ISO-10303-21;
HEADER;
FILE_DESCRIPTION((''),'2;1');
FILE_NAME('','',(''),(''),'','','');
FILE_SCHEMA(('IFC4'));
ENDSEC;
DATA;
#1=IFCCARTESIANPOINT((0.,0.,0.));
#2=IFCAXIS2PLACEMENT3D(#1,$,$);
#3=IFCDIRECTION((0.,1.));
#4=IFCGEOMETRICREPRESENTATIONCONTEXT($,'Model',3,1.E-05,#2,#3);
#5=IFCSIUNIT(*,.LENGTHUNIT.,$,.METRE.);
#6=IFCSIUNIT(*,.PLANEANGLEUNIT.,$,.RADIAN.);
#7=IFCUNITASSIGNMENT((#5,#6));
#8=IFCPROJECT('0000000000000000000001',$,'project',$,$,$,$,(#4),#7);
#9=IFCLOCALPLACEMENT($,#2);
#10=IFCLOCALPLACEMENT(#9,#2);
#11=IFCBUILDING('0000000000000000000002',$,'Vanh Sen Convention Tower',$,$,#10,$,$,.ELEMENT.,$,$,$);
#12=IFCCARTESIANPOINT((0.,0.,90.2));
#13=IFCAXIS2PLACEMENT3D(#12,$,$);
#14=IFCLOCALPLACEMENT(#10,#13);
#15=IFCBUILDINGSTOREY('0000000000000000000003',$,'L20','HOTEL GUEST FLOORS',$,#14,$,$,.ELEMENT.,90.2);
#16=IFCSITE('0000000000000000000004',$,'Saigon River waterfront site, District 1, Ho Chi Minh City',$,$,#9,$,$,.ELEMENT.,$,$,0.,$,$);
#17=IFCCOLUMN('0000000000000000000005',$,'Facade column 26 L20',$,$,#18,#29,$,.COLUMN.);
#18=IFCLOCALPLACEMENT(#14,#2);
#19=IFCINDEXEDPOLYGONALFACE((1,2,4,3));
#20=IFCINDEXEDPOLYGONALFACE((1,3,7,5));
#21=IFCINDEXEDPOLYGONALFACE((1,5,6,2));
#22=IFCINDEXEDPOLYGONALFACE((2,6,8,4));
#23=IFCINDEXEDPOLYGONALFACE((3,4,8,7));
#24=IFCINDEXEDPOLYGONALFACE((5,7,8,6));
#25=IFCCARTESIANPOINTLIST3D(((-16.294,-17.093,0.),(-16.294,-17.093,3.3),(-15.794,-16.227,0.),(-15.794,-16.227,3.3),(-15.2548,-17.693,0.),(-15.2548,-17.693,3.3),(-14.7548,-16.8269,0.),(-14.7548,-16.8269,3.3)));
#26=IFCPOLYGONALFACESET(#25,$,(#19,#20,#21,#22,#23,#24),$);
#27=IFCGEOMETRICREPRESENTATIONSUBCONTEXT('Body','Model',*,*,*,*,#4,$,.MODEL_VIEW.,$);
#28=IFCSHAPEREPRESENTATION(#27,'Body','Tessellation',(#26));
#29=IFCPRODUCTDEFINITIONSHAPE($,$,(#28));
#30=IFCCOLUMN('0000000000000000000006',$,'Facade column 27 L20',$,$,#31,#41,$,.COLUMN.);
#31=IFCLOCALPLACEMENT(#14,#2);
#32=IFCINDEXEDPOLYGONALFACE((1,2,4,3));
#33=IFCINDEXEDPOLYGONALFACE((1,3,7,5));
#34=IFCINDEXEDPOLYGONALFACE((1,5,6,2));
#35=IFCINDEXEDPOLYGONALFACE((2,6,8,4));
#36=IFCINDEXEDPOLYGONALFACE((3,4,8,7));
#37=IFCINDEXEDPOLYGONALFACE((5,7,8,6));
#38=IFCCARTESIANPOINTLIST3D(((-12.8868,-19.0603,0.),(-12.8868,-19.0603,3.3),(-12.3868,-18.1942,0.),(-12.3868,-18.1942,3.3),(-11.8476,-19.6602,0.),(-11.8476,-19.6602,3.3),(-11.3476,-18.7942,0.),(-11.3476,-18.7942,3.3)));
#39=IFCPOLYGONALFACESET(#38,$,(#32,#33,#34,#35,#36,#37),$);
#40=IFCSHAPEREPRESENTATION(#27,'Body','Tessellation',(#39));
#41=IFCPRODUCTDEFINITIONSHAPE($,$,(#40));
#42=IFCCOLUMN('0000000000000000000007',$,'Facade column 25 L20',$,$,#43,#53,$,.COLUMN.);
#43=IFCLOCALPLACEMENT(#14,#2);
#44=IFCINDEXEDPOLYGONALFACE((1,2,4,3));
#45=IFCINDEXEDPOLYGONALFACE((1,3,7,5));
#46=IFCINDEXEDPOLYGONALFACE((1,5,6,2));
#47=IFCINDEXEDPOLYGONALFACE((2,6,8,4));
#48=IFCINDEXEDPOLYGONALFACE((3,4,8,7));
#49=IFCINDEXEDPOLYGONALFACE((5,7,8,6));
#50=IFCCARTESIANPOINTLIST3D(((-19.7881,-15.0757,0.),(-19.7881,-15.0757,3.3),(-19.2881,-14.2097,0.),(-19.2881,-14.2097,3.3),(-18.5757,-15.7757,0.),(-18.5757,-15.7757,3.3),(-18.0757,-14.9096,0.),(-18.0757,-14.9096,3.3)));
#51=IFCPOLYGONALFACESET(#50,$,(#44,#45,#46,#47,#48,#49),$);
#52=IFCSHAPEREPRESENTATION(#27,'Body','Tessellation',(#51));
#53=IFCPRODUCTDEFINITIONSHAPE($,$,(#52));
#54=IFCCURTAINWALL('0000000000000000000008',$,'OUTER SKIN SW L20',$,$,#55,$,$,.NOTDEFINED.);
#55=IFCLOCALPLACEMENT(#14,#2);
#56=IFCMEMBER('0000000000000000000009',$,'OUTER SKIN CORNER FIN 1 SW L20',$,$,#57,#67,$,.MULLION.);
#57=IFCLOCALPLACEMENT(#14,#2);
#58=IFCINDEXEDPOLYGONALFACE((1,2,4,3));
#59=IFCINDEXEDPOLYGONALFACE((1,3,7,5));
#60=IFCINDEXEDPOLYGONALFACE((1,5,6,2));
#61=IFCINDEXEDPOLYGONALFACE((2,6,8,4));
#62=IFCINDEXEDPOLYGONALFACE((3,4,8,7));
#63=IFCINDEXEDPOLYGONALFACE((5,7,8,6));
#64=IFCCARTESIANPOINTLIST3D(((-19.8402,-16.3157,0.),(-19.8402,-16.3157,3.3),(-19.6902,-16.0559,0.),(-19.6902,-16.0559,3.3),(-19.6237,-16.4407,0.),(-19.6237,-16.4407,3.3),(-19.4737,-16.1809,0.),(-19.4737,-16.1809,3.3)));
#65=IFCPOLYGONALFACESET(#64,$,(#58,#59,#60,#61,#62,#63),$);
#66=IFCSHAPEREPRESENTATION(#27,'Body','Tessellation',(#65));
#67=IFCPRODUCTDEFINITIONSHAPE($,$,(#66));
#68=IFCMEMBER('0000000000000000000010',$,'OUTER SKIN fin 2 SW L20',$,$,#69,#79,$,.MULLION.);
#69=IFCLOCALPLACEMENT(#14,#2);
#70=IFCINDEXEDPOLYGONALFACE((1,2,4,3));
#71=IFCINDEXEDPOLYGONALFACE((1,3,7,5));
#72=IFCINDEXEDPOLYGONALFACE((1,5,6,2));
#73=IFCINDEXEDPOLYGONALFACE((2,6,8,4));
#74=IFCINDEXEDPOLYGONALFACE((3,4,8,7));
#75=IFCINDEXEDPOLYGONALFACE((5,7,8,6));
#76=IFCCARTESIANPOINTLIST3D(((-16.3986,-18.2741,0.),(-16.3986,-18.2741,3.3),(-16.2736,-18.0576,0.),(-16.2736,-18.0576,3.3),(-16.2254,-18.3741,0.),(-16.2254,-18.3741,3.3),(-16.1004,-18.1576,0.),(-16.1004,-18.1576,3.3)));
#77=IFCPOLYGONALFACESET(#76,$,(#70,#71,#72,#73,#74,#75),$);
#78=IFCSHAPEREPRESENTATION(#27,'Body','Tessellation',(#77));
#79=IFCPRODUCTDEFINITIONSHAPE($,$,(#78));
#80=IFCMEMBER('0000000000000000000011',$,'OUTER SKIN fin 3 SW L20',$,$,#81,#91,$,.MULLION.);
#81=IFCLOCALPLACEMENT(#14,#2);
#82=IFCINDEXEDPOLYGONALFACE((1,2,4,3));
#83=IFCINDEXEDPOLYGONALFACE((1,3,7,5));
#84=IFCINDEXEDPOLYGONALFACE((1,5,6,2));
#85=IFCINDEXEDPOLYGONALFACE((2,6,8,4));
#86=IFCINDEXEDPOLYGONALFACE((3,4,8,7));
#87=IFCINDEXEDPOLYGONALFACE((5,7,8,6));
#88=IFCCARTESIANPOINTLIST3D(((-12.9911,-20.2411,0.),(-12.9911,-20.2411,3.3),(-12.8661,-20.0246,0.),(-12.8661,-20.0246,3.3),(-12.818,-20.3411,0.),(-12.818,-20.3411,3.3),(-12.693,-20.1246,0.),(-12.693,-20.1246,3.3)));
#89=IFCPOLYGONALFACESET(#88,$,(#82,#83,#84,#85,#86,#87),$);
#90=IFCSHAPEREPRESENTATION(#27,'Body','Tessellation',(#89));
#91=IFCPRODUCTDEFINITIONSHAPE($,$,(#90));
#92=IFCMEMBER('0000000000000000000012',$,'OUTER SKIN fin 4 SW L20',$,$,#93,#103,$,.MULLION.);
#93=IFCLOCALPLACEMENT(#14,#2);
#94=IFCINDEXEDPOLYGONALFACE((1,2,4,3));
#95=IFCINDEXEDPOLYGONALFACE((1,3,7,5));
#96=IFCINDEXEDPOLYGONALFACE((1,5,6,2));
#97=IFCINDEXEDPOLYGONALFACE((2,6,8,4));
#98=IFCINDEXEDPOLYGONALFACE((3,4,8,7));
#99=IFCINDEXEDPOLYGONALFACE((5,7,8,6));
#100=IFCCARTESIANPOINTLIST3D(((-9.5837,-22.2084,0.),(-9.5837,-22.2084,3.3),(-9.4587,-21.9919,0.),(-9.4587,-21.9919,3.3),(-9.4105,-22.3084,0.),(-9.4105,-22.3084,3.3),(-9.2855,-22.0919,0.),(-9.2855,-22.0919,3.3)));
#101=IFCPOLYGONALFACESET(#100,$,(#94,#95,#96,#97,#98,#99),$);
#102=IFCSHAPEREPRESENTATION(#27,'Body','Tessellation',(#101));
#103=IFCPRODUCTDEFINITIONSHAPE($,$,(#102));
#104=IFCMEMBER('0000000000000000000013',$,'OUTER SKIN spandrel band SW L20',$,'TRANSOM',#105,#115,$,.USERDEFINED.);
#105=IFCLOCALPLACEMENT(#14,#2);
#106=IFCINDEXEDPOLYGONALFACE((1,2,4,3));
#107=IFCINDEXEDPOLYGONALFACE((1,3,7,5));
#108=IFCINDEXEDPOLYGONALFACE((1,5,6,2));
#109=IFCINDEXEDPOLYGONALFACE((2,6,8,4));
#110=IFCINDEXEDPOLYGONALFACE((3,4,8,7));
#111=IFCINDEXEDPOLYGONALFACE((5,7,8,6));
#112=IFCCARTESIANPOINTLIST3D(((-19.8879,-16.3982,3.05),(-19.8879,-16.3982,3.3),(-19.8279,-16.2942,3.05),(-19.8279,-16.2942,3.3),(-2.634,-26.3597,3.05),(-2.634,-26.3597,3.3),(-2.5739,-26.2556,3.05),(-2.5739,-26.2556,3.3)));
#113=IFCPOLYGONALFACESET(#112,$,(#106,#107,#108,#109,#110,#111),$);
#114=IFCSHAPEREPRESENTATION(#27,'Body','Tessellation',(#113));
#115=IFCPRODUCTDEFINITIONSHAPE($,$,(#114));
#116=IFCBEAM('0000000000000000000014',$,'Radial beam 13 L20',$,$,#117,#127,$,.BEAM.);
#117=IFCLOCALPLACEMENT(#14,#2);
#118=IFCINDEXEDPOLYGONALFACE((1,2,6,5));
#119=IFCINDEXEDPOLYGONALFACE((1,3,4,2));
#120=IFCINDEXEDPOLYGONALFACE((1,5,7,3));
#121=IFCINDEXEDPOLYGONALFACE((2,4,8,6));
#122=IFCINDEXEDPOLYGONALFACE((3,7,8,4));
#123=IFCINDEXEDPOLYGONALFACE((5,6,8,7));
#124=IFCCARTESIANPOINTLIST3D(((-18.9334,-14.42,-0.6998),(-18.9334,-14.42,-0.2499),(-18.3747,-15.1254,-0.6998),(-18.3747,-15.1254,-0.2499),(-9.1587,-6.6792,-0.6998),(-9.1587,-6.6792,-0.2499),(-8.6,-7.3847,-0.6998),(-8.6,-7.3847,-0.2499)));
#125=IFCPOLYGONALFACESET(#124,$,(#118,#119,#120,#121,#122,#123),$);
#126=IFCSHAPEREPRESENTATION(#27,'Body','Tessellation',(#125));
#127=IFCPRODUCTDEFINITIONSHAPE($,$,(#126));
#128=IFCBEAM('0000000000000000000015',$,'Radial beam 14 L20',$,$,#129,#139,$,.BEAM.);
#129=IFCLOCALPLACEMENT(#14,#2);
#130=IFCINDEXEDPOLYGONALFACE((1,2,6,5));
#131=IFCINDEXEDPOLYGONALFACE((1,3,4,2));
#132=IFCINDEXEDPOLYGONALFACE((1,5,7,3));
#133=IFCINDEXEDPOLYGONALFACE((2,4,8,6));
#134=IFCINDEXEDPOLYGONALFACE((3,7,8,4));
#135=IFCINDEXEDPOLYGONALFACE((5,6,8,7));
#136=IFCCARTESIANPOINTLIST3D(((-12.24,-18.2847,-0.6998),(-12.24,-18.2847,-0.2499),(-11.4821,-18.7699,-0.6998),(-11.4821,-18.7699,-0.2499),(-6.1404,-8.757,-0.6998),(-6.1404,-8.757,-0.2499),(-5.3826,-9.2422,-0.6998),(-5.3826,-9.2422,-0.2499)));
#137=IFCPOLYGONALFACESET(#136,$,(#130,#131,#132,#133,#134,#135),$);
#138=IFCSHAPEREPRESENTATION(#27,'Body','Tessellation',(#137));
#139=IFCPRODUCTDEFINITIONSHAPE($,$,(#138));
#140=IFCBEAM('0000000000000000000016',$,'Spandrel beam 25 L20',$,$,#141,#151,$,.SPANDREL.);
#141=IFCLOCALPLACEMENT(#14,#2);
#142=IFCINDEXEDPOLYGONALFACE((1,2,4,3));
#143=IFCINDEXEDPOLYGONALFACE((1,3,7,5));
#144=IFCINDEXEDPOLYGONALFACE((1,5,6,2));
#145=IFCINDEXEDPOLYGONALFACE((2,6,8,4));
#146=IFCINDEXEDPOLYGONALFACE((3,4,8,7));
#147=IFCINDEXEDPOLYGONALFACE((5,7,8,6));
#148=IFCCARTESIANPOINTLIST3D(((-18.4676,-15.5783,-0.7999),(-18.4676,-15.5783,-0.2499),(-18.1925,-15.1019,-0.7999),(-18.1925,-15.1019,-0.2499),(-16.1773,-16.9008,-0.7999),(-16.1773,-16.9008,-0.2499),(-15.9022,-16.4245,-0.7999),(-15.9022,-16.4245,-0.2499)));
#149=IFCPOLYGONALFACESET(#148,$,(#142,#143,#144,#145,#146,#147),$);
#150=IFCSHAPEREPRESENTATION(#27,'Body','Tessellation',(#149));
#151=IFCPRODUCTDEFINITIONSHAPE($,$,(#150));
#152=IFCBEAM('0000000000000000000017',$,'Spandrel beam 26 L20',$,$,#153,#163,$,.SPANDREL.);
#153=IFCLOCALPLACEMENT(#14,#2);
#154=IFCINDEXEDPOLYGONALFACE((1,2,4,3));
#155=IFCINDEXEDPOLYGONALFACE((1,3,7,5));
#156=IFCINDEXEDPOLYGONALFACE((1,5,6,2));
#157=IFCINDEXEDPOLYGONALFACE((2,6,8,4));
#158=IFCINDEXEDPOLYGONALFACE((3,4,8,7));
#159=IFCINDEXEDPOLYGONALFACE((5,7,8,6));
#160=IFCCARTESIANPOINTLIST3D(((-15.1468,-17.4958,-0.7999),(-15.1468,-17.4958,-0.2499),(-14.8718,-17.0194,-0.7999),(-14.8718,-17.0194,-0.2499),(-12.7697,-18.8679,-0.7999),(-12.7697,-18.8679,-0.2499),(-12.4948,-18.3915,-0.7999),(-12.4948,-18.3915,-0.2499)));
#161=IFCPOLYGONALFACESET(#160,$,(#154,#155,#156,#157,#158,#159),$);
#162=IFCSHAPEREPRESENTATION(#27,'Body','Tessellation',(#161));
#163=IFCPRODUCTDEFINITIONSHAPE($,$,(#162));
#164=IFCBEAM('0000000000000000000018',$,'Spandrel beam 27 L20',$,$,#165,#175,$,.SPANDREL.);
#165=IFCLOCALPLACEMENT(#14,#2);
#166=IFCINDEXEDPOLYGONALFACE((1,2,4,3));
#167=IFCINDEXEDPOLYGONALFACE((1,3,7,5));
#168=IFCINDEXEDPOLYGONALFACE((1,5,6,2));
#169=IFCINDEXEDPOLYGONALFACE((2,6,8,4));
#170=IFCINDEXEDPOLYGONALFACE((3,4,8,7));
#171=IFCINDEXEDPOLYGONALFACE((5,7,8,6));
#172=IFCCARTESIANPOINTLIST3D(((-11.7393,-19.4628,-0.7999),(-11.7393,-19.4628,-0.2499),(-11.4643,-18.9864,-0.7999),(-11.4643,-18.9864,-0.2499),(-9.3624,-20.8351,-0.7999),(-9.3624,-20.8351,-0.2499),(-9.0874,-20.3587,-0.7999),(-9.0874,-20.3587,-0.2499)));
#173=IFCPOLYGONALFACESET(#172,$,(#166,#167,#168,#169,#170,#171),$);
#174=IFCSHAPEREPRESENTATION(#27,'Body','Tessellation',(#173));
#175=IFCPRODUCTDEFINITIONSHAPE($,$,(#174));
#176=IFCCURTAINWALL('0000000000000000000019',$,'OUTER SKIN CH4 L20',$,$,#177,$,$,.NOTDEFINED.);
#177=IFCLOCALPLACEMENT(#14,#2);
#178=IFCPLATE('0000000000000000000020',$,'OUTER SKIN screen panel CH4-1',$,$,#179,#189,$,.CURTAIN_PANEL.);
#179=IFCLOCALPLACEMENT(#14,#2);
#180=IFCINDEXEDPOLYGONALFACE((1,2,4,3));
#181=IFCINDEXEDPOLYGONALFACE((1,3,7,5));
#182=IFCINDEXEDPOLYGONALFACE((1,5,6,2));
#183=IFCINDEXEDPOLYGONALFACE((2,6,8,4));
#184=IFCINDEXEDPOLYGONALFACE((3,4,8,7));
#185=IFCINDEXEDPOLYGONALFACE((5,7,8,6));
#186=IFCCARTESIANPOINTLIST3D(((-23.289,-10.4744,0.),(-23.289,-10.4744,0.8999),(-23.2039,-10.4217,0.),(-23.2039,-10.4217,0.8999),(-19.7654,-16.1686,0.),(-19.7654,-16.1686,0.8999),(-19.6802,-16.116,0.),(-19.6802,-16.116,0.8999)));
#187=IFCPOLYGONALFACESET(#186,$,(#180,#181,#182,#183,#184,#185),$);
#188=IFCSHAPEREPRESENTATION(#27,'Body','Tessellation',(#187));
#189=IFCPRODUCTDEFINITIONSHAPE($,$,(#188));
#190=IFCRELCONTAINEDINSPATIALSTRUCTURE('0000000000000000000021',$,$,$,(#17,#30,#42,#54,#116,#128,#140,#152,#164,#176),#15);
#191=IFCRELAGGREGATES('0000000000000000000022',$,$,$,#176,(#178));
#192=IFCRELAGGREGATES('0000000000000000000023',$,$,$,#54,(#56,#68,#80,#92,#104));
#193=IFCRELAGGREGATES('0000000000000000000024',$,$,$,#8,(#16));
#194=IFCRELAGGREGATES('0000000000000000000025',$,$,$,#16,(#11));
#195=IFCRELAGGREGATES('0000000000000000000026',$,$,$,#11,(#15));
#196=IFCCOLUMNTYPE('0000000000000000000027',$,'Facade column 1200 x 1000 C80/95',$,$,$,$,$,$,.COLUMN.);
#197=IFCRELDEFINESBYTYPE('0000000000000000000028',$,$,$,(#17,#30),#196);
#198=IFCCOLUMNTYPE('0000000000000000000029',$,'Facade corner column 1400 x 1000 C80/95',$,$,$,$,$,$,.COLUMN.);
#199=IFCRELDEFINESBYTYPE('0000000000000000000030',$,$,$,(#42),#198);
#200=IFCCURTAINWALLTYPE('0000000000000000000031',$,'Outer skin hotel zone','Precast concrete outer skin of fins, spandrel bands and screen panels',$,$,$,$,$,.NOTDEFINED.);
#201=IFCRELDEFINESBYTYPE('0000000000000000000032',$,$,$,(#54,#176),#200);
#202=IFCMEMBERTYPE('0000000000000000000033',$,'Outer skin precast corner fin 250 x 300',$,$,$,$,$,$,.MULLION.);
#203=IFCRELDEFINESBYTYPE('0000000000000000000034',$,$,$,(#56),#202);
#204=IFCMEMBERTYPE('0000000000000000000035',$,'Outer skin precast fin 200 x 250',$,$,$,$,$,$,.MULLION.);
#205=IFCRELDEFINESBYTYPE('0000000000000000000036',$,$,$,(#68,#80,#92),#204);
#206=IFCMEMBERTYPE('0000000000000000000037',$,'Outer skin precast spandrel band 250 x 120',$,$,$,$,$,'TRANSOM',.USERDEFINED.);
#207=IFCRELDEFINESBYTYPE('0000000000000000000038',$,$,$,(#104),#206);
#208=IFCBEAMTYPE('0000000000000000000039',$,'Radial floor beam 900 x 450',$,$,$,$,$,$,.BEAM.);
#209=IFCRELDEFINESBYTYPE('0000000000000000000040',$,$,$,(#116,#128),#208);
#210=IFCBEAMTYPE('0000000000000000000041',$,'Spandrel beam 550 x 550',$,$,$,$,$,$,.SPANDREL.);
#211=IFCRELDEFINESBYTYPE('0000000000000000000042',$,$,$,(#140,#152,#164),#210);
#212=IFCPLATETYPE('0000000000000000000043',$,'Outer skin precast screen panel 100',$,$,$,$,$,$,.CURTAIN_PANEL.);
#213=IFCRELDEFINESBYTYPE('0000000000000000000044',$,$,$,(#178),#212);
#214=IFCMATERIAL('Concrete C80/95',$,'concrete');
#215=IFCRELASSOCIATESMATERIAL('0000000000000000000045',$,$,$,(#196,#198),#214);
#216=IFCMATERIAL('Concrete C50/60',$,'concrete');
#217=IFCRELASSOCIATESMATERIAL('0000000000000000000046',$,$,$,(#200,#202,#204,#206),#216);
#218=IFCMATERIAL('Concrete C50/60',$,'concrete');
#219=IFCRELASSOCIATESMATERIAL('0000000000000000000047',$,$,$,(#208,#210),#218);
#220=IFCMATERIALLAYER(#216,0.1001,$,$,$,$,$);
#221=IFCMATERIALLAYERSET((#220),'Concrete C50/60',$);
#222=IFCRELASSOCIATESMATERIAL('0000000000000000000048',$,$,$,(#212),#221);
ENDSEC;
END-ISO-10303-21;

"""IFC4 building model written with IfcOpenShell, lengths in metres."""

from ifc_helpers import new_model, si_unit, direction, frame, origin, origin_2d, place, context, subcontext, project, spatial, rectangle, extrude, material, layer, layer_set, material_profile, profile_set, type_object, element, aggregate, save


model = new_model("IFC4")

# Units and contexts
model_context = context("Model", 3, precision=1e-05, world=origin(), true_north=direction((0.0, 1.0)))
body_context = subcontext(model_context, "Body", "Model", "MODEL_VIEW")
ifc_project = project(units=[si_unit("LENGTHUNIT", "METRE"), si_unit("PLANEANGLEUNIT", "RADIAN")], contexts=[model_context])

# Site, building, storey
site_placement = place(None, origin())
site = spatial("IfcSite", under=ifc_project, at=site_placement, Name="Saigon River waterfront site, District 1, Ho Chi Minh City", CompositionType="ELEMENT", RefElevation=0.0)
building_placement = place(site_placement, origin())
building = spatial("IfcBuilding", under=site, at=building_placement, Name="Vanh Sen Convention Tower", CompositionType="ELEMENT")
storey_placement = place(building_placement, frame((0.0, 0.0, 90.2)))
storey = spatial("IfcBuildingStorey", under=building, at=storey_placement, Name="L20", Description="HOTEL GUEST FLOORS", CompositionType="ELEMENT", Elevation=90.2)

# Columns
ifc_material_1 = material(Name="Concrete C80/95", Category="concrete")
ifc_material_profile_1 = material_profile(ifc_material_1, rectangle(XDim=1.2, YDim=1.0, at=origin_2d()), Name="RC 1200X1000")
ifc_profile_set_1 = profile_set([ifc_material_profile_1], Name="Concrete C80/95")
column_type_1 = type_object("IfcColumnType", Name="Facade column 1200 x 1000 C80/95", PredefinedType="COLUMN", material=ifc_profile_set_1)
for number, where, z_axis, x_axis, name in (
    (1, (-15.5244, -16.96, 0.0), (0.0, 0.0, 1.0), (0.866025, -0.5, 0.0), "Facade column 26 L20"),
    (2, (-12.1172, -18.9272, 0.0), (0.0, 0.0, 1.0), (0.866025, -0.5, 0.0), "Facade column 27 L20"),
):
    element("IfcColumn", number, at=place(storey_placement, frame(where, z_axis=z_axis, x_axis=x_axis)), inside=storey, type_object=column_type_1, Name=name, PredefinedType="COLUMN", context=body_context, shape_type="SweptSolid", body=[
        extrude(rectangle(XDim=1.2, YDim=1.0, at=origin_2d()), origin(), (0.0, 0.0, 1.0), 3.3),
    ])
ifc_material_profile_2 = material_profile(ifc_material_1, rectangle(XDim=1.3999, YDim=1.0, at=origin_2d()), Name="RC 1400X1000")
ifc_profile_set_2 = profile_set([ifc_material_profile_2], Name="Concrete C80/95")
column_type_2 = type_object("IfcColumnType", Name="Facade corner column 1400 x 1000 C80/95", PredefinedType="COLUMN", material=ifc_profile_set_2)
column_placement = place(storey_placement, frame((-18.9319, -14.9927, 0.0), z_axis=(0.0, 0.0, 1.0), x_axis=(0.866025, -0.5, 0.0)))
element("IfcColumn", 3, at=column_placement, inside=storey, type_object=column_type_2, Name="Facade column 25 L20", PredefinedType="COLUMN", context=body_context, shape_type="SweptSolid", body=[
    extrude(rectangle(XDim=1.3999, YDim=1.0, at=origin_2d()), origin(), (0.0, 0.0, 1.0), 3.3),
])

# Curtain wall, members
ifc_material_2 = material(Name="Concrete C50/60", Category="concrete")
curtain_wall_type = type_object("IfcCurtainWallType", Name="Outer skin hotel zone", Description="Precast concrete outer skin of fins, spandrel bands and screen panels", PredefinedType="NOTDEFINED", material=ifc_material_2)
curtain_wall_1_placement = place(storey_placement, origin())
curtain_wall_1 = element("IfcCurtainWall", 4, at=curtain_wall_1_placement, inside=storey, type_object=curtain_wall_type, Name="OUTER SKIN SW L20", PredefinedType="NOTDEFINED")
ifc_material_profile_3 = material_profile(ifc_material_2, rectangle(XDim=0.25, YDim=0.3, at=origin_2d()), Name="Outer skin precast corner fin 250 x 300")
ifc_profile_set_3 = profile_set([ifc_material_profile_3], Name="Concrete C50/60")
member_type_1 = type_object("IfcMemberType", Name="Outer skin precast corner fin 250 x 300", PredefinedType="MULLION", material=ifc_profile_set_3)
member_1_placement = place(storey_placement, frame((-19.657, -16.2483, 0.0), z_axis=(0.0, 0.0, 1.0), x_axis=(0.866025, -0.5, 0.0)))
member_1 = element("IfcMember", 5, at=member_1_placement, type_object=member_type_1, Name="OUTER SKIN CORNER FIN 1 SW L20", PredefinedType="MULLION", context=body_context, shape_type="SweptSolid", body=[
    extrude(rectangle(XDim=0.25, YDim=0.3, at=origin_2d()), origin(), (0.0, 0.0, 1.0), 3.3),
])
ifc_material_profile_4 = material_profile(ifc_material_2, rectangle(XDim=0.2, YDim=0.25, at=origin_2d()), Name="Outer skin precast fin 200 x 250")
ifc_profile_set_4 = profile_set([ifc_material_profile_4], Name="Concrete C50/60")
member_type_2 = type_object("IfcMemberType", Name="Outer skin precast fin 200 x 250", PredefinedType="MULLION", material=ifc_profile_set_4)
member_2_placement = place(storey_placement, frame((-16.2495, -18.2158, 0.0), z_axis=(0.0, 0.0, 1.0), x_axis=(0.866025, -0.5, 0.0)))
member_2 = element("IfcMember", 6, at=member_2_placement, type_object=member_type_2, Name="OUTER SKIN fin 2 SW L20", PredefinedType="MULLION", context=body_context, shape_type="SweptSolid", body=[
    extrude(rectangle(XDim=0.2, YDim=0.25, at=origin_2d()), origin(), (0.0, 0.0, 1.0), 3.3),
])
member_3_placement = place(storey_placement, frame((-12.842, -20.1829, 0.0), z_axis=(0.0, 0.0, 1.0), x_axis=(0.866025, -0.5, 0.0)))
member_3 = element("IfcMember", 7, at=member_3_placement, type_object=member_type_2, Name="OUTER SKIN fin 3 SW L20", PredefinedType="MULLION", context=body_context, shape_type="SweptSolid", body=[
    extrude(rectangle(XDim=0.2, YDim=0.25, at=origin_2d()), origin(), (0.0, 0.0, 1.0), 3.3),
])
member_4_placement = place(storey_placement, frame((-9.4346, -22.1501, 0.0), z_axis=(0.0, 0.0, 1.0), x_axis=(0.866025, -0.5, 0.0)))
member_4 = element("IfcMember", 8, at=member_4_placement, type_object=member_type_2, Name="OUTER SKIN fin 4 SW L20", PredefinedType="MULLION", context=body_context, shape_type="SweptSolid", body=[
    extrude(rectangle(XDim=0.2, YDim=0.25, at=origin_2d()), origin(), (0.0, 0.0, 1.0), 3.3),
])
ifc_material_profile_5 = material_profile(ifc_material_2, rectangle(XDim=0.1201, YDim=0.25, at=origin_2d()), Name="Outer skin precast spandrel band 250 x 120")
ifc_profile_set_5 = profile_set([ifc_material_profile_5], Name="Concrete C50/60")
member_type_3 = type_object("IfcMemberType", Name="Outer skin precast spandrel band 250 x 120", ElementType="TRANSOM", PredefinedType="USERDEFINED", material=ifc_profile_set_5)
member_5_placement = place(storey_placement, frame((-19.8579, -16.3462, 3.175), z_axis=(0.866028, -0.499995, 0.0), x_axis=(0.499995, 0.866028, 0.0)))
member_5 = element("IfcMember", 9, at=member_5_placement, type_object=member_type_3, Name="OUTER SKIN spandrel band SW L20", ObjectType="TRANSOM", PredefinedType="USERDEFINED", context=body_context, shape_type="SweptSolid", body=[
    extrude(rectangle(XDim=0.1201, YDim=0.25, at=origin_2d()), origin(), (0.0, 0.0, 1.0), 19.9231),
])

# Beams
ifc_material_3 = material(Name="Concrete C50/60", Category="concrete")
ifc_material_profile_6 = material_profile(ifc_material_3, rectangle(XDim=0.8999, YDim=0.45, at=origin_2d()), Name="RC 900X450")
ifc_profile_set_6 = profile_set([ifc_material_profile_6], Name="Concrete C50/60")
beam_type_1 = type_object("IfcBeamType", Name="Radial floor beam 900 x 450", PredefinedType="BEAM", material=ifc_profile_set_6)
beam_1_placement = place(storey_placement, frame((-18.6541, -14.7727, -0.4749), z_axis=(0.78395, 0.620824, 0.0), x_axis=(-0.620824, 0.78395, 0.0)))
element("IfcBeam", 10, at=beam_1_placement, inside=storey, type_object=beam_type_1, Name="Radial beam 13 L20", PredefinedType="BEAM", context=body_context, shape_type="SweptSolid", body=[
    extrude(rectangle(XDim=0.8999, YDim=0.45, at=origin_2d()), origin(), (0.0, 0.0, 1.0), 12.4685),
])
beam_2_placement = place(storey_placement, frame((-11.8611, -18.5273, -0.4749), z_axis=(0.539166, 0.842199, 0.0), x_axis=(-0.842199, 0.539166, 0.0)))
element("IfcBeam", 11, at=beam_2_placement, inside=storey, type_object=beam_type_1, Name="Radial beam 14 L20", PredefinedType="BEAM", context=body_context, shape_type="SweptSolid", body=[
    extrude(rectangle(XDim=0.8999, YDim=0.45, at=origin_2d()), origin(), (0.0, 0.0, 1.0), 11.313),
])
ifc_material_profile_7 = material_profile(ifc_material_3, rectangle(XDim=0.55, YDim=0.55, at=origin_2d()), Name="RC 550X550")
ifc_profile_set_7 = profile_set([ifc_material_profile_7], Name="Concrete C50/60")
beam_type_2 = type_object("IfcBeamType", Name="Spandrel beam 550 x 550", PredefinedType="SPANDREL", material=ifc_profile_set_7)
beam_3_placement = place(storey_placement, frame((-18.3301, -15.3401, -0.5249), z_axis=(0.86599, -0.500061, 0.0), x_axis=(0.500061, 0.86599, 0.0)))
element("IfcBeam", 12, at=beam_3_placement, inside=storey, type_object=beam_type_2, Name="Spandrel beam 25 L20", PredefinedType="SPANDREL", context=body_context, shape_type="SweptSolid", body=[
    extrude(rectangle(XDim=0.55, YDim=0.55, at=origin_2d()), origin(), (0.0, 0.0, 1.0), 2.6448),
])
for number, where, z_axis, x_axis, name in (
    (13, (-15.0093, -17.2576, -0.5249), (0.866067, -0.499928, 0.0), (0.499928, 0.866067, 0.0), "Spandrel beam 26 L20"),
    (14, (-11.6018, -19.2246, -0.5249), (0.866029, -0.499995, 0.0), (0.499995, 0.866029, 0.0), "Spandrel beam 27 L20"),
):
    element("IfcBeam", number, at=place(storey_placement, frame(where, z_axis=z_axis, x_axis=x_axis)), inside=storey, type_object=beam_type_2, Name=name, PredefinedType="SPANDREL", context=body_context, shape_type="SweptSolid", body=[
        extrude(rectangle(XDim=0.55, YDim=0.55, at=origin_2d()), origin(), (0.0, 0.0, 1.0), 2.7446),
    ])

# Curtain wall, plate
curtain_wall_2_placement = place(storey_placement, origin())
curtain_wall_2 = element("IfcCurtainWall", 15, at=curtain_wall_2_placement, inside=storey, type_object=curtain_wall_type, Name="OUTER SKIN CH4 L20", PredefinedType="NOTDEFINED")
ifc_layer_1 = layer(ifc_material_2, 0.1001)
ifc_layer_set_1 = layer_set([ifc_layer_1], Name="Concrete C50/60")
plate_type = type_object("IfcPlateType", Name="Outer skin precast screen panel 100", PredefinedType="CURTAIN_PANEL", material=ifc_layer_set_1)
plate_1_placement = place(storey_placement, frame((-21.4846, -13.2952, 0.0), z_axis=(0.0, 0.0, 1.0), x_axis=(0.526205, -0.850358, 0.0)))
plate_1 = element("IfcPlate", 16, at=plate_1_placement, type_object=plate_type, Name="OUTER SKIN screen panel CH4-1", PredefinedType="CURTAIN_PANEL", context=body_context, shape_type="SweptSolid", body=[
    extrude(rectangle(XDim=6.6963, YDim=0.1001, at=origin_2d()), origin(), (0.0, 0.0, 1.0), 0.8999),
])
aggregate(curtain_wall_2, [plate_1])

aggregate(curtain_wall_1, [member_1, member_2, member_3, member_4, member_5])

save(model, "model.ifc")
